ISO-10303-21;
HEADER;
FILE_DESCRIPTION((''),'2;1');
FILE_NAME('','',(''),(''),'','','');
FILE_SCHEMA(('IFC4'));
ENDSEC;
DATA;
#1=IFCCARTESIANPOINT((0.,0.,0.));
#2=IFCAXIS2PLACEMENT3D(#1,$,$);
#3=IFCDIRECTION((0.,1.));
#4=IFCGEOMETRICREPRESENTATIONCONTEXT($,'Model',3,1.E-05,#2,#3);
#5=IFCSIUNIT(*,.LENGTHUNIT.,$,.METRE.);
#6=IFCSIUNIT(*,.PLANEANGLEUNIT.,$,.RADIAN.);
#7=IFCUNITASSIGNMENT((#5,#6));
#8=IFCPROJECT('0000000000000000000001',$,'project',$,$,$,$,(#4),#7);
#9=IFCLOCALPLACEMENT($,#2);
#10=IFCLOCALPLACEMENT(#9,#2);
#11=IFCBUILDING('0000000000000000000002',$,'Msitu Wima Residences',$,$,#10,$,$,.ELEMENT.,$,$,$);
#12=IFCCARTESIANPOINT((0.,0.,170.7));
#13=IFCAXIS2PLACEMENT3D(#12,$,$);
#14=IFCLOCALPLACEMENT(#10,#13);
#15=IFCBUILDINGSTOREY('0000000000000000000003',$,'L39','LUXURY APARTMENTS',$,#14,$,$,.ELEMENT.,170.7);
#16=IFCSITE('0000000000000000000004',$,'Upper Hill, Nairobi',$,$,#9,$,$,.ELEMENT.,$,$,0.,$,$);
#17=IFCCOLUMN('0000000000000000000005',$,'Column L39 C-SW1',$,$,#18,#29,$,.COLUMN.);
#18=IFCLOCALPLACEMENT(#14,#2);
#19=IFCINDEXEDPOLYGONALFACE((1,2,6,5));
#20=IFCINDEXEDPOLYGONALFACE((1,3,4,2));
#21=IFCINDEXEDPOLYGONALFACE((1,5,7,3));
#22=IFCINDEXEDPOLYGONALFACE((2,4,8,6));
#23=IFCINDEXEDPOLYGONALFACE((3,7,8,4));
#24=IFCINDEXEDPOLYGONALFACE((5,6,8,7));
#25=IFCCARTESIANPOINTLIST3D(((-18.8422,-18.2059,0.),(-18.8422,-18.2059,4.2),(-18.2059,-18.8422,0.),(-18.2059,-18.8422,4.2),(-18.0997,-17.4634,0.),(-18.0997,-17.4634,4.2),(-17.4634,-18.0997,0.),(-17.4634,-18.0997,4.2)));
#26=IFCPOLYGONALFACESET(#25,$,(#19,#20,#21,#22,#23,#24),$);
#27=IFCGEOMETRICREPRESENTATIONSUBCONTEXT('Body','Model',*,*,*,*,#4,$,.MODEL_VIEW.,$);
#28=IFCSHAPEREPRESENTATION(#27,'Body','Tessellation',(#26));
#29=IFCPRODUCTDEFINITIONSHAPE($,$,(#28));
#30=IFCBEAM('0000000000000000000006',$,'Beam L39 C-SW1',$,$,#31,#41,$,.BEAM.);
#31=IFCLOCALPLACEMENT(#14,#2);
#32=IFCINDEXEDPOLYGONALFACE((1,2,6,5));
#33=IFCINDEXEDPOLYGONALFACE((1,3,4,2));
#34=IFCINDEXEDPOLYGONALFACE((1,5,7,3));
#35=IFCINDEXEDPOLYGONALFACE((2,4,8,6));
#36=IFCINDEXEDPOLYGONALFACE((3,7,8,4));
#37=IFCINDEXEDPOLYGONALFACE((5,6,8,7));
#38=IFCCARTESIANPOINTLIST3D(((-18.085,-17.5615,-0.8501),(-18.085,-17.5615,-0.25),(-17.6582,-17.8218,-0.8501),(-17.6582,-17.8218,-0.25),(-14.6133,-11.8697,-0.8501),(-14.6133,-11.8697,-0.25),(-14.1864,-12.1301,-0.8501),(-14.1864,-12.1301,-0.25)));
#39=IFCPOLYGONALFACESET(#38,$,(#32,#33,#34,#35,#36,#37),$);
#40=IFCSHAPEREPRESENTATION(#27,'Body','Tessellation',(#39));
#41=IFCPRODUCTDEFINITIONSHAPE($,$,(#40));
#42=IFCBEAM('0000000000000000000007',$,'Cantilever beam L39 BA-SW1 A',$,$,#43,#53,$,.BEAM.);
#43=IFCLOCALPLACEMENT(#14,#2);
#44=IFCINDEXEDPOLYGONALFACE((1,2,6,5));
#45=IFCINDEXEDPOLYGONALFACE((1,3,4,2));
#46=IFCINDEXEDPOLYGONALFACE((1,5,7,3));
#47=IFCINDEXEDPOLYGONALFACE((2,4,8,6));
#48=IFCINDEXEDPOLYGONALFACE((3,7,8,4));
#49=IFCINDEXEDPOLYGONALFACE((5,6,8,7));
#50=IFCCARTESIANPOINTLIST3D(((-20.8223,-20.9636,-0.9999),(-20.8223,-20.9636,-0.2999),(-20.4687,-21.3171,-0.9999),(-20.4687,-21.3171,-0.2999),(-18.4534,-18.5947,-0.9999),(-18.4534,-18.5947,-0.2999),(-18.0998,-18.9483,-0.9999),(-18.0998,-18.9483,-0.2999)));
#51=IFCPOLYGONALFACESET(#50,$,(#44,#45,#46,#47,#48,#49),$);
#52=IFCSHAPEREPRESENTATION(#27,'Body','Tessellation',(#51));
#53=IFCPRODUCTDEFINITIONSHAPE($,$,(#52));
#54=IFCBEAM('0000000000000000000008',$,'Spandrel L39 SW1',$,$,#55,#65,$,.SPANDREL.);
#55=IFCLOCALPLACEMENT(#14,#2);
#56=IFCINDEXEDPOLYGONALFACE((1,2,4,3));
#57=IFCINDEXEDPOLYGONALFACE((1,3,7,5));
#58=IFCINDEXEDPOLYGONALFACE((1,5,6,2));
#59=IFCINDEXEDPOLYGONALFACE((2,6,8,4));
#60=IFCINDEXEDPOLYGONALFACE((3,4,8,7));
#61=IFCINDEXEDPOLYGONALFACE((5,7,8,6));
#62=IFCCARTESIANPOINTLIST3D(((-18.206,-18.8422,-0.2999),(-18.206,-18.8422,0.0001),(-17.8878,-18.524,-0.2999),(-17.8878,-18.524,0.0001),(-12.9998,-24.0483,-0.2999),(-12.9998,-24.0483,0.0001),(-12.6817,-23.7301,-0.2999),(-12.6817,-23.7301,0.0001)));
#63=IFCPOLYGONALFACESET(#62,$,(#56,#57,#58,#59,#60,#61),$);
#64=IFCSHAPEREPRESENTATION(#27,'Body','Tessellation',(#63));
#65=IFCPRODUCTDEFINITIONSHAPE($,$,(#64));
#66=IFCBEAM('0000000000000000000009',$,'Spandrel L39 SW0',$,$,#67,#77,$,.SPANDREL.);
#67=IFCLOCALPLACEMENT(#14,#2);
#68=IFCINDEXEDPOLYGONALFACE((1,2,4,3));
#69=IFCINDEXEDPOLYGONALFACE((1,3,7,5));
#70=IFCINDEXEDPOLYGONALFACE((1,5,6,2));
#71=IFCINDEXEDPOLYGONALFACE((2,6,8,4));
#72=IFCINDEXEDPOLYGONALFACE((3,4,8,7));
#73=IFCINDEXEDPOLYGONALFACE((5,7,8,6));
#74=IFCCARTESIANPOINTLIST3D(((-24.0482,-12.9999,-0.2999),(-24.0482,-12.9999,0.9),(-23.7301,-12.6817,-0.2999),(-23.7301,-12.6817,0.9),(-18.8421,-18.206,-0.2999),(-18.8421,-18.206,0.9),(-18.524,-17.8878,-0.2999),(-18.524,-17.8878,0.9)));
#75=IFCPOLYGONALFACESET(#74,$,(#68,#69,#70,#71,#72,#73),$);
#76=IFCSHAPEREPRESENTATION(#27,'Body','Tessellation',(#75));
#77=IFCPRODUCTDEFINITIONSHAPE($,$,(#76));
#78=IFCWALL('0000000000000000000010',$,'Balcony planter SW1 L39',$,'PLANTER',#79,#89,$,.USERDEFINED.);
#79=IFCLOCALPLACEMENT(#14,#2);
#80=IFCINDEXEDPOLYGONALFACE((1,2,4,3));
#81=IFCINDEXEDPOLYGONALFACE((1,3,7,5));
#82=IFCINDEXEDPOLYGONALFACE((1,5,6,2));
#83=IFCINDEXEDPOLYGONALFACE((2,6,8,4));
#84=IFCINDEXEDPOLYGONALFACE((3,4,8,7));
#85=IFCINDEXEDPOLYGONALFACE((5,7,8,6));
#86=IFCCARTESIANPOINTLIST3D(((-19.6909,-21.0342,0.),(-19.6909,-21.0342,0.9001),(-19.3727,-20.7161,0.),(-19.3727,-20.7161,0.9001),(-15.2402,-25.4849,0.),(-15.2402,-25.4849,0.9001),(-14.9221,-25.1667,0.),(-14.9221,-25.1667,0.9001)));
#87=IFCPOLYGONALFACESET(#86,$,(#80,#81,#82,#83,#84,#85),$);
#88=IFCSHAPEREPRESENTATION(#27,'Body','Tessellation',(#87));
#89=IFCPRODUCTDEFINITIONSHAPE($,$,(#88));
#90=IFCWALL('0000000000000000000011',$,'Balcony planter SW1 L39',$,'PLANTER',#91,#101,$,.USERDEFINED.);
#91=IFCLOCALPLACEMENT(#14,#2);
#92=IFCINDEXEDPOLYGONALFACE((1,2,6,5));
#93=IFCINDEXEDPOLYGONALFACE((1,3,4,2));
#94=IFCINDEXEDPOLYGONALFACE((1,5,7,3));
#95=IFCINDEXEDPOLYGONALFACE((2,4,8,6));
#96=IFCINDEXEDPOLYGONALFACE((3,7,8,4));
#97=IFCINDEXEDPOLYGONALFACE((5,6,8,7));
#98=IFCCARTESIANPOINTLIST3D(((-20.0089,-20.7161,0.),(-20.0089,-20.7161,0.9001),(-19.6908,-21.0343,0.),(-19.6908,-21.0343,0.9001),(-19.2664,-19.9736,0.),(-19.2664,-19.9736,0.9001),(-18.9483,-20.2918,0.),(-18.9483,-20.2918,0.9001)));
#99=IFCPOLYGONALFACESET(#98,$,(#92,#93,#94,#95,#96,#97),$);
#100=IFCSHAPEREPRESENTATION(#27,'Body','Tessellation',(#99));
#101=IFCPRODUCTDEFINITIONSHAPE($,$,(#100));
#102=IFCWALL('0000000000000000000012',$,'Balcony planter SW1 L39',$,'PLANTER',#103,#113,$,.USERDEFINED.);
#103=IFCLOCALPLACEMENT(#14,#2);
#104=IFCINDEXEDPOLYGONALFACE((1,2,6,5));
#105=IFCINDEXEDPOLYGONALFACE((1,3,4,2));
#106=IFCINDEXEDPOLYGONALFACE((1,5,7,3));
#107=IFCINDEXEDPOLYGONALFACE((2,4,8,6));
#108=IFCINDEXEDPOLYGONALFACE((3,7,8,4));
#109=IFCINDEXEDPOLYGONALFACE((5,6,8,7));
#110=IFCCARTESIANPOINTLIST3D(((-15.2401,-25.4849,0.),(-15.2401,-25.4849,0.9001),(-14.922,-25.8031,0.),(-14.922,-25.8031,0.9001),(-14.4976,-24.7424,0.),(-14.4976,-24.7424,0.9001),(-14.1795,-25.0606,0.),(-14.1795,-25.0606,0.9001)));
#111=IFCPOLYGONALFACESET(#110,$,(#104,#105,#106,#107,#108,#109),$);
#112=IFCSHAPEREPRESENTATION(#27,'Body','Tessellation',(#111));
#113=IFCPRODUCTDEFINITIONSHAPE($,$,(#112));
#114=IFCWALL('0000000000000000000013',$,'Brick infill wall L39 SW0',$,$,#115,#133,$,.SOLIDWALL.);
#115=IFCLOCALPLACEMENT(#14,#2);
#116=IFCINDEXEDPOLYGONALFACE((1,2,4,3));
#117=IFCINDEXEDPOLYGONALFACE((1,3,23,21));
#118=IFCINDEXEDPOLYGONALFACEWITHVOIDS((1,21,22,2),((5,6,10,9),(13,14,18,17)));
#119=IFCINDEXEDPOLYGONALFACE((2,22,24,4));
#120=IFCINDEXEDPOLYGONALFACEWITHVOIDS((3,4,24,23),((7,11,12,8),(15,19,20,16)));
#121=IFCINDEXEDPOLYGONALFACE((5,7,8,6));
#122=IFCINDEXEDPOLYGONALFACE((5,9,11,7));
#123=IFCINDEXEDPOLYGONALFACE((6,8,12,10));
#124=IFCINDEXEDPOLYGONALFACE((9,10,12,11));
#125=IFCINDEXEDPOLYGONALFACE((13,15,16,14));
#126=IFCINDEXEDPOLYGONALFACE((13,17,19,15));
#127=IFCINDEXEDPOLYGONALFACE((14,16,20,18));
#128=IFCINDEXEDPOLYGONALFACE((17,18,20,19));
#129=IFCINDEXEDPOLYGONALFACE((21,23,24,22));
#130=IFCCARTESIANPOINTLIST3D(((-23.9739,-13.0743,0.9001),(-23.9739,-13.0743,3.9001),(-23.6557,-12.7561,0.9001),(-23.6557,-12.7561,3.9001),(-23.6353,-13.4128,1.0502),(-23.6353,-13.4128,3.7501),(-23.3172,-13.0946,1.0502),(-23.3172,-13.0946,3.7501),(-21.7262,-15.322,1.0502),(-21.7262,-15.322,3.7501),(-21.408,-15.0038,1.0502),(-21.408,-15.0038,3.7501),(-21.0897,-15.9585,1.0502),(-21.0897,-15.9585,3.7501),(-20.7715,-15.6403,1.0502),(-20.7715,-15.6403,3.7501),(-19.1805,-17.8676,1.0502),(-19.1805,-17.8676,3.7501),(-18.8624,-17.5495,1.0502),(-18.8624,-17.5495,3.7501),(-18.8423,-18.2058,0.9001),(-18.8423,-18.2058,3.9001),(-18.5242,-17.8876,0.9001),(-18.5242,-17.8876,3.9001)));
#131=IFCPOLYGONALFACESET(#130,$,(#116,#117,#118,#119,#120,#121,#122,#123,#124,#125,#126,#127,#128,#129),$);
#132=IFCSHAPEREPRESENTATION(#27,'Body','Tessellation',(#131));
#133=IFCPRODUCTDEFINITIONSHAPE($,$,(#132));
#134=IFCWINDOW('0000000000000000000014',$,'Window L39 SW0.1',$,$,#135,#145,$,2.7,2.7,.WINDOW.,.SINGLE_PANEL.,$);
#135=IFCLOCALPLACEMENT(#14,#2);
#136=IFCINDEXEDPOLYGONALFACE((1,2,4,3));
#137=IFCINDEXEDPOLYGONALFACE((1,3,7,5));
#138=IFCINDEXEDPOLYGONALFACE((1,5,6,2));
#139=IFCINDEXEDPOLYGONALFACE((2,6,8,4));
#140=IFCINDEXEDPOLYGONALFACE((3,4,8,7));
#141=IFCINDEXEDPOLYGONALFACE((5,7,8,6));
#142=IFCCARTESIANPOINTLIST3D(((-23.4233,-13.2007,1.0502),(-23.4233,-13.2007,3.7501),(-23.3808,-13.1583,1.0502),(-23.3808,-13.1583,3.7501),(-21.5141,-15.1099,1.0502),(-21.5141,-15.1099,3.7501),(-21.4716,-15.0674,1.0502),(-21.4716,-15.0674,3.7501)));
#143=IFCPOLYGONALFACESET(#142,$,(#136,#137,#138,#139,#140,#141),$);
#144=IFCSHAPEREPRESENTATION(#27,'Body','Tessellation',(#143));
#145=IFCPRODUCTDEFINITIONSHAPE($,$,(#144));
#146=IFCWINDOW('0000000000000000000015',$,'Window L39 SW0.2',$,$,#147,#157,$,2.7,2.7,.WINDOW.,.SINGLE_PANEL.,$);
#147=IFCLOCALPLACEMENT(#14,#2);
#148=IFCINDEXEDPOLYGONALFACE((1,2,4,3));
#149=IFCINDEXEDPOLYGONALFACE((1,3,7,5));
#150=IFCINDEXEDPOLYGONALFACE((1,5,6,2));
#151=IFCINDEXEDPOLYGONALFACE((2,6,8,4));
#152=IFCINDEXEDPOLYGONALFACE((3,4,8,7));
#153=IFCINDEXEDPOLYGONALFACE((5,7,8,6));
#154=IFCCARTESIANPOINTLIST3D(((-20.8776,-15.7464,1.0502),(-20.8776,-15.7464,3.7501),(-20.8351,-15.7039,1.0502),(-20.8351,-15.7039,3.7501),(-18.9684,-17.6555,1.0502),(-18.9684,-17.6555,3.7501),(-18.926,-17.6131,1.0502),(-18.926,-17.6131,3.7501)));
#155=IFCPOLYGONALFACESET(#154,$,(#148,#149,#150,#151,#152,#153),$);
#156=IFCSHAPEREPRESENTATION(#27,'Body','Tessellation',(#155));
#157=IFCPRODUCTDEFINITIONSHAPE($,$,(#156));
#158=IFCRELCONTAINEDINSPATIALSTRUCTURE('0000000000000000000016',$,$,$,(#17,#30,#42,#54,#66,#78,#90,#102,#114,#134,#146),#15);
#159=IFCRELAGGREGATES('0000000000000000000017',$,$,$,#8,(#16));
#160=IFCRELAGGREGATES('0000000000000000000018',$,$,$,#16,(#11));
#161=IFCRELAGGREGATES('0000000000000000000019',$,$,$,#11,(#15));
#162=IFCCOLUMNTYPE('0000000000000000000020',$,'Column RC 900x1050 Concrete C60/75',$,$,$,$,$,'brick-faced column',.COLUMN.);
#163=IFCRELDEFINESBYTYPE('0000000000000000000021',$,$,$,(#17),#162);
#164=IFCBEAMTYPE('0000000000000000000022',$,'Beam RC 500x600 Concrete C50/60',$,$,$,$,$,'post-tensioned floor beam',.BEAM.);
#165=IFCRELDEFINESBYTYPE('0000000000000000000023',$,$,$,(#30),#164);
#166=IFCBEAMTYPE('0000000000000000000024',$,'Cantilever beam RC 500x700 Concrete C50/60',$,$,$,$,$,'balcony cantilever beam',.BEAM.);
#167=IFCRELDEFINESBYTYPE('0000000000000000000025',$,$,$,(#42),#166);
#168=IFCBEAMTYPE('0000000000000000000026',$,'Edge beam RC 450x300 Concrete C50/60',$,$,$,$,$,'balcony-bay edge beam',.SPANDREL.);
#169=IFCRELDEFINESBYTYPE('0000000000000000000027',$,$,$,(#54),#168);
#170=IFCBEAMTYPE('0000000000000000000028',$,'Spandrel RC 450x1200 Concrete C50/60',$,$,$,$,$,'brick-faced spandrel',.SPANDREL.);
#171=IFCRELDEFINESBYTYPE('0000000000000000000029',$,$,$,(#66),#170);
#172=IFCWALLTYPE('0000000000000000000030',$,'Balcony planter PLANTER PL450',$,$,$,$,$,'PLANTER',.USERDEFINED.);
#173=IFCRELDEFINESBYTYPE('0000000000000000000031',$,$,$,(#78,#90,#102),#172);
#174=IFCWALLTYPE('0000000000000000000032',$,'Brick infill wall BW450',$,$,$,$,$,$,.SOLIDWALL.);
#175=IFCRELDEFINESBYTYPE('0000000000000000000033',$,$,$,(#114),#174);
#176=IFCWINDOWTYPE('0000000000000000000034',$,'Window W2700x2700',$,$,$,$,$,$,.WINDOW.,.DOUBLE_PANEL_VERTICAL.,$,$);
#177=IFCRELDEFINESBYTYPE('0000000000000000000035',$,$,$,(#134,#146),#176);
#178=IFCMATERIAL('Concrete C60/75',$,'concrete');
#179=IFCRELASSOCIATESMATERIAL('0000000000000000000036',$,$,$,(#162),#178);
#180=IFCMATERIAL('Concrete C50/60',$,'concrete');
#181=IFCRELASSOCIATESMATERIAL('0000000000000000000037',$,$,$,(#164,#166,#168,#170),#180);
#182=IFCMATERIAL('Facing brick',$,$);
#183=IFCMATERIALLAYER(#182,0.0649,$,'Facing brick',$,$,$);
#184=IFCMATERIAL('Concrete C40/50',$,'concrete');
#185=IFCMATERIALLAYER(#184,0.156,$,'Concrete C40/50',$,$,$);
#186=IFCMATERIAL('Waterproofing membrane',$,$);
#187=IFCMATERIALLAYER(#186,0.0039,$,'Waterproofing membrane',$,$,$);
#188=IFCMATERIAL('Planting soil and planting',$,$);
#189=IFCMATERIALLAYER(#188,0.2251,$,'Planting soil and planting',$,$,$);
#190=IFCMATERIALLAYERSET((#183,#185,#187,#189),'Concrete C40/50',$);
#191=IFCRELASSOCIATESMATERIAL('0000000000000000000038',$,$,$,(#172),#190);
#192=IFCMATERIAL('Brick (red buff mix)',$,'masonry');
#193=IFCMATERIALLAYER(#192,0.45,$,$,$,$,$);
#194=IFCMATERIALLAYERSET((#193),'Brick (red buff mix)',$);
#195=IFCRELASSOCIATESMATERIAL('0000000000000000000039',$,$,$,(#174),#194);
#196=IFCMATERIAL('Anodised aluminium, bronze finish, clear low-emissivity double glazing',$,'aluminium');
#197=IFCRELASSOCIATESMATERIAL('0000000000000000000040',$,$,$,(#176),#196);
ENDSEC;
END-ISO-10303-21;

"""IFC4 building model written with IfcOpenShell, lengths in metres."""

from ifc_helpers import new_model, si_unit, direction, frame, frame_2d, origin, origin_2d, place, context, subcontext, project, spatial, rectangle, extrude, material, layer, layer_set, material_profile, profile_set, type_object, element, fill, save


model = new_model("IFC4")

# Units and contexts
model_context = context("Model", 3, precision=1e-05, world=origin(), true_north=direction((0.0, 1.0)))
body_context = subcontext(model_context, "Body", "Model", "MODEL_VIEW")
ifc_project = project(units=[si_unit("LENGTHUNIT", "METRE"), si_unit("PLANEANGLEUNIT", "RADIAN")], contexts=[model_context])

# Site, building, storey
site_placement = place(None, origin())
site = spatial("IfcSite", under=ifc_project, at=site_placement, Name="Upper Hill, Nairobi", CompositionType="ELEMENT", RefElevation=0.0)
building_placement = place(site_placement, origin())
building = spatial("IfcBuilding", under=site, at=building_placement, Name="Msitu Wima Residences", CompositionType="ELEMENT")
storey_placement = place(building_placement, frame((0.0, 0.0, 170.7)))
storey = spatial("IfcBuildingStorey", under=building, at=storey_placement, Name="L39", Description="LUXURY APARTMENTS", CompositionType="ELEMENT", Elevation=170.7)

# Column
ifc_material_1 = material(Name="Concrete C60/75", Category="concrete")
ifc_material_profile_1 = material_profile(ifc_material_1, rectangle(XDim=0.8999, YDim=1.05, at=origin_2d()), Name="RC 900x1050")
ifc_profile_set_1 = profile_set([ifc_material_profile_1], Name="Concrete C60/75")
column_type = type_object("IfcColumnType", Name="Column RC 900x1050 Concrete C60/75", ElementType="brick-faced column", PredefinedType="COLUMN", material=ifc_profile_set_1)
column_placement = place(storey_placement, frame((-18.1528, -18.1528, 0.0), z_axis=(0.0, 0.0, 1.0), x_axis=(0.707107, -0.707107, 0.0)))
element("IfcColumn", 1, at=column_placement, inside=storey, type_object=column_type, Name="Column L39 C-SW1", PredefinedType="COLUMN", context=body_context, shape_type="SweptSolid", body=[
    extrude(rectangle(XDim=0.8999, YDim=1.05, at=origin_2d()), origin(), (0.0, 0.0, 1.0), 4.2),
])

# Beams
ifc_material_2 = material(Name="Concrete C50/60", Category="concrete")
ifc_material_profile_2 = material_profile(ifc_material_2, rectangle(XDim=0.5, YDim=0.6001, at=origin_2d()), Name="RC 500x600")
ifc_profile_set_2 = profile_set([ifc_material_profile_2], Name="Concrete C50/60")
beam_type_1 = type_object("IfcBeamType", Name="Beam RC 500x600 Concrete C50/60", ElementType="post-tensioned floor beam", PredefinedType="BEAM", material=ifc_profile_set_2)
beam_1_placement = place(storey_placement, frame((-17.8716, -17.6917, -0.55), z_axis=(0.520734, 0.853719, 0.0), x_axis=(-0.853719, 0.520734, 0.0)))
element("IfcBeam", 2, at=beam_1_placement, inside=storey, type_object=beam_type_1, Name="Beam L39 C-SW1", PredefinedType="BEAM", context=body_context, shape_type="SweptSolid", body=[
    extrude(rectangle(XDim=0.5, YDim=0.6001, at=origin_2d()), origin(), (0.0, 0.0, 1.0), 6.667),
])
ifc_material_profile_3 = material_profile(ifc_material_2, rectangle(XDim=0.5, YDim=0.7, at=origin_2d()), Name="RC 500x700")
ifc_profile_set_3 = profile_set([ifc_material_profile_3], Name="Concrete C50/60")
beam_type_2 = type_object("IfcBeamType", Name="Cantilever beam RC 500x700 Concrete C50/60", ElementType="balcony cantilever beam", PredefinedType="BEAM", material=ifc_profile_set_3)
beam_2_placement = place(storey_placement, frame((-18.2766, -18.7715, -0.6499), z_axis=(-0.707107, -0.707107, 0.0), x_axis=(0.707107, -0.707107, 0.0)))
element("IfcBeam", 3, at=beam_2_placement, inside=storey, type_object=beam_type_2, Name="Cantilever beam L39 BA-SW1 A", PredefinedType="BEAM", context=body_context, shape_type="SweptSolid", body=[
    extrude(rectangle(XDim=0.5, YDim=0.7, at=origin_2d()), origin(), (0.0, 0.0, 1.0), 3.3501),
])
ifc_material_profile_4 = material_profile(ifc_material_2, rectangle(XDim=0.45, YDim=0.3, at=origin_2d()), Name="RC 450x300")
ifc_profile_set_4 = profile_set([ifc_material_profile_4], Name="Concrete C50/60")
beam_type_3 = type_object("IfcBeamType", Name="Edge beam RC 450x300 Concrete C50/60", ElementType="balcony-bay edge beam", PredefinedType="SPANDREL", material=ifc_profile_set_4)
beam_3_placement = place(storey_placement, frame((-18.0469, -18.6831, -0.1499), z_axis=(0.707107, -0.707107, 0.0), x_axis=(0.707107, 0.707107, 0.0)))
element("IfcBeam", 4, at=beam_3_placement, inside=storey, type_object=beam_type_3, Name="Spandrel L39 SW1", PredefinedType="SPANDREL", context=body_context, shape_type="SweptSolid", body=[
    extrude(rectangle(XDim=0.45, YDim=0.3, at=origin_2d()), origin(), (0.0, 0.0, 1.0), 7.3625),
])
ifc_material_profile_5 = material_profile(ifc_material_2, rectangle(XDim=0.45, YDim=1.2, at=origin_2d()), Name="RC 450x1200")
ifc_profile_set_5 = profile_set([ifc_material_profile_5], Name="Concrete C50/60")
beam_type_4 = type_object("IfcBeamType", Name="Spandrel RC 450x1200 Concrete C50/60", ElementType="brick-faced spandrel", PredefinedType="SPANDREL", material=ifc_profile_set_5)
beam_4_placement = place(storey_placement, frame((-23.8892, -12.8408, 0.3), z_axis=(0.707107, -0.707107, 0.0), x_axis=(0.707107, 0.707107, 0.0)))
element("IfcBeam", 5, at=beam_4_placement, inside=storey, type_object=beam_type_4, Name="Spandrel L39 SW0", PredefinedType="SPANDREL", context=body_context, shape_type="SweptSolid", body=[
    extrude(rectangle(XDim=0.45, YDim=1.2, at=origin_2d()), origin(), (0.0, 0.0, 1.0), 7.3625),
])

# Walls
ifc_material_3 = material(Name="Facing brick")
ifc_layer_1 = layer(ifc_material_3, 0.0649, Name="Facing brick")
ifc_material_4 = material(Name="Concrete C40/50", Category="concrete")
ifc_layer_2 = layer(ifc_material_4, 0.156, Name="Concrete C40/50")
ifc_material_5 = material(Name="Waterproofing membrane")
ifc_layer_3 = layer(ifc_material_5, 0.0039, Name="Waterproofing membrane")
ifc_material_6 = material(Name="Planting soil and planting")
ifc_layer_4 = layer(ifc_material_6, 0.2251, Name="Planting soil and planting")
ifc_layer_set_1 = layer_set([ifc_layer_1, ifc_layer_2, ifc_layer_3, ifc_layer_4], Name="Concrete C40/50")
wall_type_1 = type_object("IfcWallType", Name="Balcony planter PLANTER PL450", ElementType="PLANTER", PredefinedType="USERDEFINED", material=ifc_layer_set_1)
wall_1_placement = place(storey_placement, frame((-19.5317, -20.8752, 0.0), z_axis=(0.0, 0.0, 1.0), x_axis=(0.707107, -0.707107, 0.0)))
element("IfcWall", 6, at=wall_1_placement, inside=storey, type_object=wall_type_1, Name="Balcony planter SW1 L39", ObjectType="PLANTER", PredefinedType="USERDEFINED", context=body_context, shape_type="SweptSolid", body=[
    extrude(rectangle(XDim=6.2942, YDim=0.45, at=frame_2d((3.147, 0.0))), origin(), (0.0, 0.0, 1.0), 0.9001),
])
for number, where, z_axis, x_axis, name in (
    (7, (-19.1074, -20.1328, 0.0), (0.0, 0.0, 1.0), (-0.707107, -0.707107, 0.0), "Balcony planter SW1 L39"),
    (8, (-14.3386, -24.9016, 0.0), (0.0, 0.0, 1.0), (-0.707107, -0.707107, 0.0), "Balcony planter SW1 L39"),
):
    element("IfcWall", number, at=place(storey_placement, frame(where, z_axis=z_axis, x_axis=x_axis)), inside=storey, type_object=wall_type_1, Name=name, ObjectType="PLANTER", PredefinedType="USERDEFINED", context=body_context, shape_type="SweptSolid", body=[
        extrude(rectangle(XDim=1.05, YDim=0.45, at=frame_2d((0.5249, 0.0))), origin(), (0.0, 0.0, 1.0), 0.9001),
    ])

# Wall, openings, windows
ifc_material_7 = material(Name="Brick (red buff mix)", Category="masonry")
ifc_layer_5 = layer(ifc_material_7, 0.45)
ifc_layer_set_2 = layer_set([ifc_layer_5], Name="Brick (red buff mix)")
wall_type_2 = type_object("IfcWallType", Name="Brick infill wall BW450", PredefinedType="SOLIDWALL", material=ifc_layer_set_2)
wall_2_placement = place(storey_placement, frame((-23.8147, -12.9153, 0.9001), z_axis=(0.0, 0.0, 1.0), x_axis=(0.707107, -0.707107, 0.0)))
wall_2 = element("IfcWall", 9, at=wall_2_placement, inside=storey, type_object=wall_type_2, Name="Brick infill wall L39 SW0", PredefinedType="SOLIDWALL", context=body_context, shape_type="SweptSolid", body=[
    extrude(rectangle(XDim=7.2571, YDim=0.45, at=frame_2d((3.6284, 0.0))), origin(), (0.0, 0.0, 1.0), 3.0),
])
opening_1_placement = place(wall_2_placement, frame((0.4785, 0.0, 0.1499)))
opening_1 = element("IfcOpeningElement", 10, at=opening_1_placement, cuts=wall_2, PredefinedType="OPENING", context=body_context, shape_type="SweptSolid", body=[
    extrude(rectangle(XDim=2.7, YDim=2.7, at=frame_2d((1.3501, 1.3501))), frame((0.0, 0.2349, 0.0), z_axis=(0.0, -1.0, 0.0), x_axis=(1.0, 0.0, 0.0)), (0.0, 0.0, 1.0), 0.47),
])
opening_2_placement = place(wall_2_placement, frame((4.0786, 0.0, 0.1499)))
opening_2 = element("IfcOpeningElement", 11, at=opening_2_placement, cuts=wall_2, PredefinedType="OPENING", context=body_context, shape_type="SweptSolid", body=[
    extrude(rectangle(XDim=2.7, YDim=2.7, at=frame_2d((1.3501, 1.3501))), frame((0.0, 0.2349, 0.0), z_axis=(0.0, -1.0, 0.0), x_axis=(1.0, 0.0, 0.0)), (0.0, 0.0, 1.0), 0.47),
])
ifc_material_8 = material(Name="Anodised aluminium, bronze finish, clear low-emissivity double glazing", Category="aluminium")
window_type = type_object("IfcWindowType", Name="Window W2700x2700", PartitioningType="DOUBLE_PANEL_VERTICAL", PredefinedType="WINDOW", material=ifc_material_8)
window_1_placement = place(opening_1_placement, origin())
window_1 = element("IfcWindow", 12, at=window_1_placement, inside=storey, type_object=window_type, Name="Window L39 SW0.1", OverallHeight=2.7, OverallWidth=2.7, PartitioningType="SINGLE_PANEL", PredefinedType="WINDOW", context=body_context, shape_type="SweptSolid", body=[
    extrude(rectangle(XDim=2.7, YDim=2.7, at=frame_2d((1.3501, 1.3501))), frame((0.0, 0.135, 0.0), z_axis=(0.0, -1.0, 0.0), x_axis=(1.0, 0.0, 0.0)), (0.0, 0.0, 1.0), 0.0601),
])
fill(opening_1, window_1)
window_2_placement = place(opening_2_placement, origin())
window_2 = element("IfcWindow", 13, at=window_2_placement, inside=storey, type_object=window_type, Name="Window L39 SW0.2", OverallHeight=2.7, OverallWidth=2.7, PartitioningType="SINGLE_PANEL", PredefinedType="WINDOW", context=body_context, shape_type="SweptSolid", body=[
    extrude(rectangle(XDim=2.7, YDim=2.7, at=frame_2d((1.3501, 1.3501))), frame((0.0, 0.135, 0.0), z_axis=(0.0, -1.0, 0.0), x_axis=(1.0, 0.0, 0.0)), (0.0, 0.0, 1.0), 0.0601),
])
fill(opening_2, window_2)

save(model, "model.ifc")
